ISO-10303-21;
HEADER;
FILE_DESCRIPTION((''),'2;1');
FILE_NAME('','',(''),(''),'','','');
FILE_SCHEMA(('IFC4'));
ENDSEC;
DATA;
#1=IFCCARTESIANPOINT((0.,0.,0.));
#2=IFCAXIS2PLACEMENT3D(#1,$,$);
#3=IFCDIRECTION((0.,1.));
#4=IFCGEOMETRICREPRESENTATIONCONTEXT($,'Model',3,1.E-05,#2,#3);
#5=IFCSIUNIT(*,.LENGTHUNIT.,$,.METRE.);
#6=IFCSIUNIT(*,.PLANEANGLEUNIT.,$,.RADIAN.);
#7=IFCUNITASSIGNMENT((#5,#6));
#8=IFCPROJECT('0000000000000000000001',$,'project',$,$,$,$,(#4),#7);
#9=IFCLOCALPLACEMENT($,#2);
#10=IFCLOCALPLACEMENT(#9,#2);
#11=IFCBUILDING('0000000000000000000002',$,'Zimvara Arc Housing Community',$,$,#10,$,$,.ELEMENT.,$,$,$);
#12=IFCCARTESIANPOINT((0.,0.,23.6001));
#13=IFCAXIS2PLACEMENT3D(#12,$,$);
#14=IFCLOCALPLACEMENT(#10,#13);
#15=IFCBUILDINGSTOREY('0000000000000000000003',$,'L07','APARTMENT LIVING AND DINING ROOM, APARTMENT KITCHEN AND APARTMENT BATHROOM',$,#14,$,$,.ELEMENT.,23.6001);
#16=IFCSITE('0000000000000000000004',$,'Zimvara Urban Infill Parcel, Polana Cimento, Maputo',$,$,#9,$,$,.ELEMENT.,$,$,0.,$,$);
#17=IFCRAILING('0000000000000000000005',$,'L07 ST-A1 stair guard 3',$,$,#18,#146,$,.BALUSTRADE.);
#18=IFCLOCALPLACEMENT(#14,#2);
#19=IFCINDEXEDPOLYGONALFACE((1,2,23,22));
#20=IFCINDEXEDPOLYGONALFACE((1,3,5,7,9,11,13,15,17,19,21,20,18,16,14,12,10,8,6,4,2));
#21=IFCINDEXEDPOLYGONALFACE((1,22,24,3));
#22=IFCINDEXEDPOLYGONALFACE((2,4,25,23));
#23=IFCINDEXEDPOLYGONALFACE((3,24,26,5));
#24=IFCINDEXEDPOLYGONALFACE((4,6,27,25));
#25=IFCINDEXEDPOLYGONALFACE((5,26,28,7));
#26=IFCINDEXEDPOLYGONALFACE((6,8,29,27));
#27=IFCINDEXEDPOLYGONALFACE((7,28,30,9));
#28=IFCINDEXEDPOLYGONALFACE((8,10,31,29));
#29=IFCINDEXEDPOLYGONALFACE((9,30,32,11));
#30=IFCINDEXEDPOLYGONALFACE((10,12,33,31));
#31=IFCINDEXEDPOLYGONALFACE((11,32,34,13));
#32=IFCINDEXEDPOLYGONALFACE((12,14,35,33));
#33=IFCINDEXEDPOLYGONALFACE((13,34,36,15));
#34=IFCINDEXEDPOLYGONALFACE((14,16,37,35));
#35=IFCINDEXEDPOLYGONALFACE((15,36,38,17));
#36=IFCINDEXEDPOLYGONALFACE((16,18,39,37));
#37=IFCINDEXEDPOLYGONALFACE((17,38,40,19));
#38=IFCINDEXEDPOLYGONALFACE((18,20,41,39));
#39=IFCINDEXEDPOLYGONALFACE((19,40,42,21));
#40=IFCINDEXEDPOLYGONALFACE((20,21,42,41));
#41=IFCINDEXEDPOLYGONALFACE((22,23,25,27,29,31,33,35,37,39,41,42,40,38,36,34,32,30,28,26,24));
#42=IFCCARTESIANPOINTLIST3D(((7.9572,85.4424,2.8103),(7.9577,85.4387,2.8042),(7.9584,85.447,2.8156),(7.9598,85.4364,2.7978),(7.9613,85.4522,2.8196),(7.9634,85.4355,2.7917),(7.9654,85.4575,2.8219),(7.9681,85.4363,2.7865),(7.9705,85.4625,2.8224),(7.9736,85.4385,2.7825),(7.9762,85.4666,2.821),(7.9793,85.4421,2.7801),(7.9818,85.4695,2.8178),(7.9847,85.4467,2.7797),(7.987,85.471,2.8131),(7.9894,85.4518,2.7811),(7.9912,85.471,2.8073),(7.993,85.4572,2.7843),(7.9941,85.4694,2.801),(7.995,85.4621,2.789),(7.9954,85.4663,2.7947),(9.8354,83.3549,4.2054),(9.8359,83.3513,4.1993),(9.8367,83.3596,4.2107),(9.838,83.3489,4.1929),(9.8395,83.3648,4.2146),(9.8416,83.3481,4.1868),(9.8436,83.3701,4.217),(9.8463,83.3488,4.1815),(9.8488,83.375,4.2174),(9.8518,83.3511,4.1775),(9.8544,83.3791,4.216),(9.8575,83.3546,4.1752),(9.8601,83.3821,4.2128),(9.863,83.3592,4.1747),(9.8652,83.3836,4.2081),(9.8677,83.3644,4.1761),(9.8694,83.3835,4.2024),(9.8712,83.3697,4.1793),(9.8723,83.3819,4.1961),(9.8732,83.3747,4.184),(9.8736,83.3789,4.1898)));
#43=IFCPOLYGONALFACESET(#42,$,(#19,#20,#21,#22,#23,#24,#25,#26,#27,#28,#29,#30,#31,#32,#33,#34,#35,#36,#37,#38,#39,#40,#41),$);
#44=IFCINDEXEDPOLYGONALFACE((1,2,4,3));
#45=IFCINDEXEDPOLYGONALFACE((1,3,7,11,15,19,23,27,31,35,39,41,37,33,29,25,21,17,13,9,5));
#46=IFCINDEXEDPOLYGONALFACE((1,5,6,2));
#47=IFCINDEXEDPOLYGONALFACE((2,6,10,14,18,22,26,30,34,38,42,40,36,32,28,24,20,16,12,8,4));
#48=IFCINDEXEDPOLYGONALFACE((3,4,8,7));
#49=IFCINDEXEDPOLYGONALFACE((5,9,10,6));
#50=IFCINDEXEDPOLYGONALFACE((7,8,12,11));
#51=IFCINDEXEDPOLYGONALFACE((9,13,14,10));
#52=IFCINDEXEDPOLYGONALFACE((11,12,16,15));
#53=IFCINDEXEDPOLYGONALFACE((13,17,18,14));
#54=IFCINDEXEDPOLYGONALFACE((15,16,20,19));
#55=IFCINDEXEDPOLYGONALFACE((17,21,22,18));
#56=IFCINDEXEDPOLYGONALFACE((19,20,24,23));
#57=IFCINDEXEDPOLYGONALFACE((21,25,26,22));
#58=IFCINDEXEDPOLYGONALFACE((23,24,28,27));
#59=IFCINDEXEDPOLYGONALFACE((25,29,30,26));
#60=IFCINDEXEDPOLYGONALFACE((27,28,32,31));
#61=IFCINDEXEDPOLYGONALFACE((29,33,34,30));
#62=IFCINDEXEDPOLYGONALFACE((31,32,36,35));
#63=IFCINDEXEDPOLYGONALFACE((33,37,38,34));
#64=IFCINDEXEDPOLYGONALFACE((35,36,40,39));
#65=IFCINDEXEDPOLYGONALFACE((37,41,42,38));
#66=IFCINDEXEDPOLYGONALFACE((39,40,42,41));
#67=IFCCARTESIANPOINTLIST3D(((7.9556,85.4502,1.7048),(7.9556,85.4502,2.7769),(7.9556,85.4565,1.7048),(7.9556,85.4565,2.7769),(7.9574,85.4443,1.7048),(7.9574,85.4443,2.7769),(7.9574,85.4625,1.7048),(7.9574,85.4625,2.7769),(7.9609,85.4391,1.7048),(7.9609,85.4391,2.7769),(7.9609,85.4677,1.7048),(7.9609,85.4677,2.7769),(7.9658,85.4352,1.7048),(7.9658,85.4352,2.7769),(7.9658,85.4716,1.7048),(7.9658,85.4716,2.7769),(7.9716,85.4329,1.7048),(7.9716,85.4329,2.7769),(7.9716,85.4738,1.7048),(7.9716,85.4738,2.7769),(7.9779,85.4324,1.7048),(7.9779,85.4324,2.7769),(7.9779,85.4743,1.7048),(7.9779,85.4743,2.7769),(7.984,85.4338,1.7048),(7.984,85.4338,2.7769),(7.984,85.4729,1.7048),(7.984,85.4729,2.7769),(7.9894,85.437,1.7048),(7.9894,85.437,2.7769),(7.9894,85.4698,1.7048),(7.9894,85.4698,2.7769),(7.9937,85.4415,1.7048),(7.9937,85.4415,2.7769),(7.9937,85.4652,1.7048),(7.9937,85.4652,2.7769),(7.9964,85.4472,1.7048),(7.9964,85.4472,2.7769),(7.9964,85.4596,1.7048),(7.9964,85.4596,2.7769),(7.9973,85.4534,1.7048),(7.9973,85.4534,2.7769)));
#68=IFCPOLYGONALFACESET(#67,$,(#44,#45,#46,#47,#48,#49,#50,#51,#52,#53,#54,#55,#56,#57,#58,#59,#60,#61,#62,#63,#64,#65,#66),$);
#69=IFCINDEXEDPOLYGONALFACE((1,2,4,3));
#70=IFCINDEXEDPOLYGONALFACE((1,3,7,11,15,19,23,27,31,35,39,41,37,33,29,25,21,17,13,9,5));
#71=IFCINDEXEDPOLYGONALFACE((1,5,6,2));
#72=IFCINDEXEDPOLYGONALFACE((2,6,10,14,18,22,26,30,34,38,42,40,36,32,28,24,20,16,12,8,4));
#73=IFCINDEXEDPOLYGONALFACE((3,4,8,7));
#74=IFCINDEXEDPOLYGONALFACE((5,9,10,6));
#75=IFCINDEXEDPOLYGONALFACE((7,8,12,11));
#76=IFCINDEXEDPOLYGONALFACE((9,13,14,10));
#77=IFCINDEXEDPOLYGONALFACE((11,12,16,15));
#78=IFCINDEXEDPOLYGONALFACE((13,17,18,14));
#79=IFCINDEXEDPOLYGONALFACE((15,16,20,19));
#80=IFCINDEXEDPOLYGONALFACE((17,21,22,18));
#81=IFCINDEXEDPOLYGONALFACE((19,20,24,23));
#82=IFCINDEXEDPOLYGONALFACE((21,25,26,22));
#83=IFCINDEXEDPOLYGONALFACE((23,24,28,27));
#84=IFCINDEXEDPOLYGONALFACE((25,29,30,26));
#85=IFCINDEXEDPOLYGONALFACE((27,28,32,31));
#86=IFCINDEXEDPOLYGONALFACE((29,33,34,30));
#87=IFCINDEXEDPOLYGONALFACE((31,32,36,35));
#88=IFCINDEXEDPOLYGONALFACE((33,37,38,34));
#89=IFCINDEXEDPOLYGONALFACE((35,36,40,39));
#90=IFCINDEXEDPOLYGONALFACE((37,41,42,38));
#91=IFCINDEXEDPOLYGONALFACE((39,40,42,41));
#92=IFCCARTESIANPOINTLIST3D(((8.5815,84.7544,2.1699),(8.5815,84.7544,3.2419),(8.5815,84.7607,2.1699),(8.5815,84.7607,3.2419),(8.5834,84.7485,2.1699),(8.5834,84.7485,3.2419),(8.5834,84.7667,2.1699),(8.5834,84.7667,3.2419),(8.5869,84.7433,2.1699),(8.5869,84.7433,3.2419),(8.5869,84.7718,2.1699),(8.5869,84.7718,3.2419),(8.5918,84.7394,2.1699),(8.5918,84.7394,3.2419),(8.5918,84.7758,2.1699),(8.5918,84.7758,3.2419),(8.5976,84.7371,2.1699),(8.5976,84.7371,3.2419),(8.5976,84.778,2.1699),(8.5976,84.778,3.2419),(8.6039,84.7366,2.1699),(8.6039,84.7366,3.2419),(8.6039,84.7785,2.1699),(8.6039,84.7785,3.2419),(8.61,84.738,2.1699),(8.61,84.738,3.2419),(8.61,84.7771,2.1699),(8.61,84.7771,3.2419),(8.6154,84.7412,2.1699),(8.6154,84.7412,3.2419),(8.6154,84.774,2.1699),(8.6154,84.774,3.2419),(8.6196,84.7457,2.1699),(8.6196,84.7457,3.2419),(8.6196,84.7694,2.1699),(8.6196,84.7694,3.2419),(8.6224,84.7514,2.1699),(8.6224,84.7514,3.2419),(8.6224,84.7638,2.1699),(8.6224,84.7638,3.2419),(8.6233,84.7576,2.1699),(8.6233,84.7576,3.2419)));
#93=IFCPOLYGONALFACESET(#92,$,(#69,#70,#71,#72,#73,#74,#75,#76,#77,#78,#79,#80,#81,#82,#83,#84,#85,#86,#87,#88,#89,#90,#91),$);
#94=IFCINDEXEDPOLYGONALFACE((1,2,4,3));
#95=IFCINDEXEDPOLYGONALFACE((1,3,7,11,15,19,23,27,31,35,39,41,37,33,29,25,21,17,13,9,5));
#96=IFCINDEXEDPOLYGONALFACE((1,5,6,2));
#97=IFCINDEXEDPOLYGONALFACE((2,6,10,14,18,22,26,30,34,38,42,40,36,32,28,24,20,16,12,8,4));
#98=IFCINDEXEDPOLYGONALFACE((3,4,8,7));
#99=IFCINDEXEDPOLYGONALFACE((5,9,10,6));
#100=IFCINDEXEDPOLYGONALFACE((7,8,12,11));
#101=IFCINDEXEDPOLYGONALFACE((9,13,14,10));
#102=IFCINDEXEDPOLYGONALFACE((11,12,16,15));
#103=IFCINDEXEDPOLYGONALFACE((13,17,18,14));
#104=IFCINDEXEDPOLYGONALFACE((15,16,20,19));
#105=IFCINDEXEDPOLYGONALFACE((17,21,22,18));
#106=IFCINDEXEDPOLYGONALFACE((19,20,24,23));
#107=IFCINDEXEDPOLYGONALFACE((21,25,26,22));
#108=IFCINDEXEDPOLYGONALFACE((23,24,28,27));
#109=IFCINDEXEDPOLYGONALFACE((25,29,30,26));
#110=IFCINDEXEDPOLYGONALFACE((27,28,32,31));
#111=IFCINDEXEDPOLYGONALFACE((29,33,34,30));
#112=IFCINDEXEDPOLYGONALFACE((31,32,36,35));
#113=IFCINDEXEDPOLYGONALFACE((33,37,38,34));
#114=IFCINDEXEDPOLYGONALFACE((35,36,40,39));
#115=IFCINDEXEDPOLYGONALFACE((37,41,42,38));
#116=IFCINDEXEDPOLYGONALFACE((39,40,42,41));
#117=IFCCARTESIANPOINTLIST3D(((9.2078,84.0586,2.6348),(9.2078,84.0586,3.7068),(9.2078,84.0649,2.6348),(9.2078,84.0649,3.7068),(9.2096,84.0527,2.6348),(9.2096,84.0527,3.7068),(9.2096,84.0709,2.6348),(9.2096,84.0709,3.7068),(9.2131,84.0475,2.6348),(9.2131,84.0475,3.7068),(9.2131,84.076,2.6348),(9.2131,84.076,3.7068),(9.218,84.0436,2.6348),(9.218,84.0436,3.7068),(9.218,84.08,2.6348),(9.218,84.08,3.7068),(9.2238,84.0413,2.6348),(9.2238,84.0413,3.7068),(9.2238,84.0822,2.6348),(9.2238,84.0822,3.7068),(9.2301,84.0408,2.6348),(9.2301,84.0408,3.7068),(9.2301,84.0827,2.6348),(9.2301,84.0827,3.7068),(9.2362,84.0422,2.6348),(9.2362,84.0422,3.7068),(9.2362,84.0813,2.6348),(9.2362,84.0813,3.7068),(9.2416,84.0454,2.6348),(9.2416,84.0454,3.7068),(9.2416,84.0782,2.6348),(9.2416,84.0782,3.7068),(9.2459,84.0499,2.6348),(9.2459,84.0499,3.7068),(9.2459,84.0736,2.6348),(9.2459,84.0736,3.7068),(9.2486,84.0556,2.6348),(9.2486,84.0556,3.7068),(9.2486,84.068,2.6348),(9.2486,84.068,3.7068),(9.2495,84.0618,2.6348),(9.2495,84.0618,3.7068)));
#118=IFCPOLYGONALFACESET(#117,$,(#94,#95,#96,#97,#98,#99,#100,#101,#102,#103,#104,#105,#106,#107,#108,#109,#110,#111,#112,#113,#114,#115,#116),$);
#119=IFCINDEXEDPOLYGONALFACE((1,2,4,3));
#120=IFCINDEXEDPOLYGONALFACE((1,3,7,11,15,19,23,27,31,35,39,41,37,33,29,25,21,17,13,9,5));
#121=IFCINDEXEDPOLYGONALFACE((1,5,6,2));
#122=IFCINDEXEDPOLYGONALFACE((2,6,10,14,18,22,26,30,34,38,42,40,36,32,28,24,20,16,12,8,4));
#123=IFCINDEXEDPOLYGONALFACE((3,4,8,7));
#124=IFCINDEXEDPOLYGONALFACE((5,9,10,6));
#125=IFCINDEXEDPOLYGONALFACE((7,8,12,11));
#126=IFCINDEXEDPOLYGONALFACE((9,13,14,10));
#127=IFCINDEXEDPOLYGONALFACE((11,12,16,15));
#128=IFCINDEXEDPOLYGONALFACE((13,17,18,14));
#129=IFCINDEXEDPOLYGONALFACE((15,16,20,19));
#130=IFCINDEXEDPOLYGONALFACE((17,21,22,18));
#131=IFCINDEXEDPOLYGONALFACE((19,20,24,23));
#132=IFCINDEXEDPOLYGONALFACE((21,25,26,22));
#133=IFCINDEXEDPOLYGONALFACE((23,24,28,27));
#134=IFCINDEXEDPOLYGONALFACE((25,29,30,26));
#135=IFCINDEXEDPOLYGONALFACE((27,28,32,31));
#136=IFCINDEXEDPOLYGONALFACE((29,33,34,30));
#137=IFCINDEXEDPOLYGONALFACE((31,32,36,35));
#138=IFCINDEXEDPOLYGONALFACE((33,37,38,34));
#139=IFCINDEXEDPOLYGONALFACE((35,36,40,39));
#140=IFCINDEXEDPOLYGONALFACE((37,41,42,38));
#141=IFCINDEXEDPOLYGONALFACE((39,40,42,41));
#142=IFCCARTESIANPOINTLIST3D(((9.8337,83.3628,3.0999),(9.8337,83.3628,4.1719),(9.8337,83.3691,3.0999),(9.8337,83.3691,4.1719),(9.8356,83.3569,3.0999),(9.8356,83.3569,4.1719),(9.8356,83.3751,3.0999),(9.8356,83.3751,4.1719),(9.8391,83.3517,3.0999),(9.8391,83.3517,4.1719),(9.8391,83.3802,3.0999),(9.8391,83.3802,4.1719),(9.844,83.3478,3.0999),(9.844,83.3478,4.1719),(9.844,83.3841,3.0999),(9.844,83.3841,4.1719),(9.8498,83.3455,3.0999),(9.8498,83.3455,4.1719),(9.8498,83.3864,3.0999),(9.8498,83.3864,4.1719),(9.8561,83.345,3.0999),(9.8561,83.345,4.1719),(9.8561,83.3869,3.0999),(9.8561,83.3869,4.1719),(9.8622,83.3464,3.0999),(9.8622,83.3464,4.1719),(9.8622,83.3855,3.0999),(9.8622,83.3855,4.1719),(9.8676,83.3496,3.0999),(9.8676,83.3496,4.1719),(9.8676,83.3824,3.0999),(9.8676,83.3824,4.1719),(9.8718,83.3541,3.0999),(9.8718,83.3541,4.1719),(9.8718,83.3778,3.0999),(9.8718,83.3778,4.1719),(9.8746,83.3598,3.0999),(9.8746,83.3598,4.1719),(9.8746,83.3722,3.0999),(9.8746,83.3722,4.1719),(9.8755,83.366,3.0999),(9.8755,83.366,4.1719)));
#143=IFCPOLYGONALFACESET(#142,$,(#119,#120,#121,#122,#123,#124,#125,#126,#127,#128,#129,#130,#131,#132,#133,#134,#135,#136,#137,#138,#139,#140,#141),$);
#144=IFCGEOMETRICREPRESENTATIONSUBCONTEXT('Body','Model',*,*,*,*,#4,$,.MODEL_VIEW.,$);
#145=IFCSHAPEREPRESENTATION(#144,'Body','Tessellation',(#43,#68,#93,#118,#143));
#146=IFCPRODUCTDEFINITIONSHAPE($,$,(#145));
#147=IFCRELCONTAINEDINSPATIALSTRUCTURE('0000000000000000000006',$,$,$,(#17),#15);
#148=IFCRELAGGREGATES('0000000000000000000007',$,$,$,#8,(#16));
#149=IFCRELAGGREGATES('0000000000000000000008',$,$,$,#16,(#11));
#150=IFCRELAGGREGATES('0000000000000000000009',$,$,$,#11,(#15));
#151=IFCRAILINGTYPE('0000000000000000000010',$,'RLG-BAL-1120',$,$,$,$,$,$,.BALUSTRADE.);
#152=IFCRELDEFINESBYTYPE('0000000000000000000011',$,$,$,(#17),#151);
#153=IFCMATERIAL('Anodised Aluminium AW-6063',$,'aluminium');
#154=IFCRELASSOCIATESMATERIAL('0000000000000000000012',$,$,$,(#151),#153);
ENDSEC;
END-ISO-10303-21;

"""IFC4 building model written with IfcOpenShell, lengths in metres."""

from ifc_helpers import new_model, si_unit, direction, frame, origin, origin_2d, place, context, subcontext, project, spatial, circle, extrude, material, type_object, element, save


model = new_model("IFC4")

# Units and contexts
model_context = context("Model", 3, precision=1e-05, world=origin(), true_north=direction((0.0, 1.0)))
body_context = subcontext(model_context, "Body", "Model", "MODEL_VIEW")
ifc_project = project(units=[si_unit("LENGTHUNIT", "METRE"), si_unit("PLANEANGLEUNIT", "RADIAN")], contexts=[model_context])

# Site, building, storey
site_placement = place(None, origin())
site = spatial("IfcSite", under=ifc_project, at=site_placement, Name="Zimvara Urban Infill Parcel, Polana Cimento, Maputo", CompositionType="ELEMENT", RefElevation=0.0)
building_placement = place(site_placement, origin())
building = spatial("IfcBuilding", under=site, at=building_placement, Name="Zimvara Arc Housing Community", CompositionType="ELEMENT")
storey_placement = place(building_placement, frame((0.0, 0.0, 23.6001)))
storey = spatial("IfcBuildingStorey", under=building, at=storey_placement, Name="L07", Description="APARTMENT LIVING AND DINING ROOM, APARTMENT KITCHEN AND APARTMENT BATHROOM", CompositionType="ELEMENT", Elevation=23.6001)

# Railing
ifc_material_1 = material(Name="Anodised Aluminium AW-6063", Category="aluminium")
railing_type_1 = type_object("IfcRailingType", Name="RLG-BAL-1120", PredefinedType="BALUSTRADE", material=ifc_material_1)
railing_1_placement = place(storey_placement, frame((7.9763, 85.4534, 1.7048)))
element("IfcRailing", 1, at=railing_1_placement, inside=storey, type_object=railing_type_1, Name="L07 ST-A1 stair guard 3", PredefinedType="BALUSTRADE", context=body_context, shape_type="SweptSolid", body=[
    extrude(circle(Radius=0.0239, at=origin_2d()), frame((0.0, 0.0, 1.0962), z_axis=(0.599018, -0.665749, 0.444923), x_axis=(0.743381, 0.668869, 0.0)), (0.0, 0.0, 1.0), 3.1355),
    extrude(circle(Radius=0.021, at=origin_2d()), origin(), (0.0, 0.0, 1.0), 1.072),
    extrude(circle(Radius=0.021, at=origin_2d()), frame((0.626, -0.6958, 0.4651)), (0.0, 0.0, 1.0), 1.072),
    extrude(circle(Radius=0.021, at=origin_2d()), frame((1.2522, -1.3916, 0.9299)), (0.0, 0.0, 1.0), 1.072),
    extrude(circle(Radius=0.021, at=origin_2d()), frame((1.8782, -2.0874, 1.395)), (0.0, 0.0, 1.0), 1.072),
])

save(model, "model.ifc")
